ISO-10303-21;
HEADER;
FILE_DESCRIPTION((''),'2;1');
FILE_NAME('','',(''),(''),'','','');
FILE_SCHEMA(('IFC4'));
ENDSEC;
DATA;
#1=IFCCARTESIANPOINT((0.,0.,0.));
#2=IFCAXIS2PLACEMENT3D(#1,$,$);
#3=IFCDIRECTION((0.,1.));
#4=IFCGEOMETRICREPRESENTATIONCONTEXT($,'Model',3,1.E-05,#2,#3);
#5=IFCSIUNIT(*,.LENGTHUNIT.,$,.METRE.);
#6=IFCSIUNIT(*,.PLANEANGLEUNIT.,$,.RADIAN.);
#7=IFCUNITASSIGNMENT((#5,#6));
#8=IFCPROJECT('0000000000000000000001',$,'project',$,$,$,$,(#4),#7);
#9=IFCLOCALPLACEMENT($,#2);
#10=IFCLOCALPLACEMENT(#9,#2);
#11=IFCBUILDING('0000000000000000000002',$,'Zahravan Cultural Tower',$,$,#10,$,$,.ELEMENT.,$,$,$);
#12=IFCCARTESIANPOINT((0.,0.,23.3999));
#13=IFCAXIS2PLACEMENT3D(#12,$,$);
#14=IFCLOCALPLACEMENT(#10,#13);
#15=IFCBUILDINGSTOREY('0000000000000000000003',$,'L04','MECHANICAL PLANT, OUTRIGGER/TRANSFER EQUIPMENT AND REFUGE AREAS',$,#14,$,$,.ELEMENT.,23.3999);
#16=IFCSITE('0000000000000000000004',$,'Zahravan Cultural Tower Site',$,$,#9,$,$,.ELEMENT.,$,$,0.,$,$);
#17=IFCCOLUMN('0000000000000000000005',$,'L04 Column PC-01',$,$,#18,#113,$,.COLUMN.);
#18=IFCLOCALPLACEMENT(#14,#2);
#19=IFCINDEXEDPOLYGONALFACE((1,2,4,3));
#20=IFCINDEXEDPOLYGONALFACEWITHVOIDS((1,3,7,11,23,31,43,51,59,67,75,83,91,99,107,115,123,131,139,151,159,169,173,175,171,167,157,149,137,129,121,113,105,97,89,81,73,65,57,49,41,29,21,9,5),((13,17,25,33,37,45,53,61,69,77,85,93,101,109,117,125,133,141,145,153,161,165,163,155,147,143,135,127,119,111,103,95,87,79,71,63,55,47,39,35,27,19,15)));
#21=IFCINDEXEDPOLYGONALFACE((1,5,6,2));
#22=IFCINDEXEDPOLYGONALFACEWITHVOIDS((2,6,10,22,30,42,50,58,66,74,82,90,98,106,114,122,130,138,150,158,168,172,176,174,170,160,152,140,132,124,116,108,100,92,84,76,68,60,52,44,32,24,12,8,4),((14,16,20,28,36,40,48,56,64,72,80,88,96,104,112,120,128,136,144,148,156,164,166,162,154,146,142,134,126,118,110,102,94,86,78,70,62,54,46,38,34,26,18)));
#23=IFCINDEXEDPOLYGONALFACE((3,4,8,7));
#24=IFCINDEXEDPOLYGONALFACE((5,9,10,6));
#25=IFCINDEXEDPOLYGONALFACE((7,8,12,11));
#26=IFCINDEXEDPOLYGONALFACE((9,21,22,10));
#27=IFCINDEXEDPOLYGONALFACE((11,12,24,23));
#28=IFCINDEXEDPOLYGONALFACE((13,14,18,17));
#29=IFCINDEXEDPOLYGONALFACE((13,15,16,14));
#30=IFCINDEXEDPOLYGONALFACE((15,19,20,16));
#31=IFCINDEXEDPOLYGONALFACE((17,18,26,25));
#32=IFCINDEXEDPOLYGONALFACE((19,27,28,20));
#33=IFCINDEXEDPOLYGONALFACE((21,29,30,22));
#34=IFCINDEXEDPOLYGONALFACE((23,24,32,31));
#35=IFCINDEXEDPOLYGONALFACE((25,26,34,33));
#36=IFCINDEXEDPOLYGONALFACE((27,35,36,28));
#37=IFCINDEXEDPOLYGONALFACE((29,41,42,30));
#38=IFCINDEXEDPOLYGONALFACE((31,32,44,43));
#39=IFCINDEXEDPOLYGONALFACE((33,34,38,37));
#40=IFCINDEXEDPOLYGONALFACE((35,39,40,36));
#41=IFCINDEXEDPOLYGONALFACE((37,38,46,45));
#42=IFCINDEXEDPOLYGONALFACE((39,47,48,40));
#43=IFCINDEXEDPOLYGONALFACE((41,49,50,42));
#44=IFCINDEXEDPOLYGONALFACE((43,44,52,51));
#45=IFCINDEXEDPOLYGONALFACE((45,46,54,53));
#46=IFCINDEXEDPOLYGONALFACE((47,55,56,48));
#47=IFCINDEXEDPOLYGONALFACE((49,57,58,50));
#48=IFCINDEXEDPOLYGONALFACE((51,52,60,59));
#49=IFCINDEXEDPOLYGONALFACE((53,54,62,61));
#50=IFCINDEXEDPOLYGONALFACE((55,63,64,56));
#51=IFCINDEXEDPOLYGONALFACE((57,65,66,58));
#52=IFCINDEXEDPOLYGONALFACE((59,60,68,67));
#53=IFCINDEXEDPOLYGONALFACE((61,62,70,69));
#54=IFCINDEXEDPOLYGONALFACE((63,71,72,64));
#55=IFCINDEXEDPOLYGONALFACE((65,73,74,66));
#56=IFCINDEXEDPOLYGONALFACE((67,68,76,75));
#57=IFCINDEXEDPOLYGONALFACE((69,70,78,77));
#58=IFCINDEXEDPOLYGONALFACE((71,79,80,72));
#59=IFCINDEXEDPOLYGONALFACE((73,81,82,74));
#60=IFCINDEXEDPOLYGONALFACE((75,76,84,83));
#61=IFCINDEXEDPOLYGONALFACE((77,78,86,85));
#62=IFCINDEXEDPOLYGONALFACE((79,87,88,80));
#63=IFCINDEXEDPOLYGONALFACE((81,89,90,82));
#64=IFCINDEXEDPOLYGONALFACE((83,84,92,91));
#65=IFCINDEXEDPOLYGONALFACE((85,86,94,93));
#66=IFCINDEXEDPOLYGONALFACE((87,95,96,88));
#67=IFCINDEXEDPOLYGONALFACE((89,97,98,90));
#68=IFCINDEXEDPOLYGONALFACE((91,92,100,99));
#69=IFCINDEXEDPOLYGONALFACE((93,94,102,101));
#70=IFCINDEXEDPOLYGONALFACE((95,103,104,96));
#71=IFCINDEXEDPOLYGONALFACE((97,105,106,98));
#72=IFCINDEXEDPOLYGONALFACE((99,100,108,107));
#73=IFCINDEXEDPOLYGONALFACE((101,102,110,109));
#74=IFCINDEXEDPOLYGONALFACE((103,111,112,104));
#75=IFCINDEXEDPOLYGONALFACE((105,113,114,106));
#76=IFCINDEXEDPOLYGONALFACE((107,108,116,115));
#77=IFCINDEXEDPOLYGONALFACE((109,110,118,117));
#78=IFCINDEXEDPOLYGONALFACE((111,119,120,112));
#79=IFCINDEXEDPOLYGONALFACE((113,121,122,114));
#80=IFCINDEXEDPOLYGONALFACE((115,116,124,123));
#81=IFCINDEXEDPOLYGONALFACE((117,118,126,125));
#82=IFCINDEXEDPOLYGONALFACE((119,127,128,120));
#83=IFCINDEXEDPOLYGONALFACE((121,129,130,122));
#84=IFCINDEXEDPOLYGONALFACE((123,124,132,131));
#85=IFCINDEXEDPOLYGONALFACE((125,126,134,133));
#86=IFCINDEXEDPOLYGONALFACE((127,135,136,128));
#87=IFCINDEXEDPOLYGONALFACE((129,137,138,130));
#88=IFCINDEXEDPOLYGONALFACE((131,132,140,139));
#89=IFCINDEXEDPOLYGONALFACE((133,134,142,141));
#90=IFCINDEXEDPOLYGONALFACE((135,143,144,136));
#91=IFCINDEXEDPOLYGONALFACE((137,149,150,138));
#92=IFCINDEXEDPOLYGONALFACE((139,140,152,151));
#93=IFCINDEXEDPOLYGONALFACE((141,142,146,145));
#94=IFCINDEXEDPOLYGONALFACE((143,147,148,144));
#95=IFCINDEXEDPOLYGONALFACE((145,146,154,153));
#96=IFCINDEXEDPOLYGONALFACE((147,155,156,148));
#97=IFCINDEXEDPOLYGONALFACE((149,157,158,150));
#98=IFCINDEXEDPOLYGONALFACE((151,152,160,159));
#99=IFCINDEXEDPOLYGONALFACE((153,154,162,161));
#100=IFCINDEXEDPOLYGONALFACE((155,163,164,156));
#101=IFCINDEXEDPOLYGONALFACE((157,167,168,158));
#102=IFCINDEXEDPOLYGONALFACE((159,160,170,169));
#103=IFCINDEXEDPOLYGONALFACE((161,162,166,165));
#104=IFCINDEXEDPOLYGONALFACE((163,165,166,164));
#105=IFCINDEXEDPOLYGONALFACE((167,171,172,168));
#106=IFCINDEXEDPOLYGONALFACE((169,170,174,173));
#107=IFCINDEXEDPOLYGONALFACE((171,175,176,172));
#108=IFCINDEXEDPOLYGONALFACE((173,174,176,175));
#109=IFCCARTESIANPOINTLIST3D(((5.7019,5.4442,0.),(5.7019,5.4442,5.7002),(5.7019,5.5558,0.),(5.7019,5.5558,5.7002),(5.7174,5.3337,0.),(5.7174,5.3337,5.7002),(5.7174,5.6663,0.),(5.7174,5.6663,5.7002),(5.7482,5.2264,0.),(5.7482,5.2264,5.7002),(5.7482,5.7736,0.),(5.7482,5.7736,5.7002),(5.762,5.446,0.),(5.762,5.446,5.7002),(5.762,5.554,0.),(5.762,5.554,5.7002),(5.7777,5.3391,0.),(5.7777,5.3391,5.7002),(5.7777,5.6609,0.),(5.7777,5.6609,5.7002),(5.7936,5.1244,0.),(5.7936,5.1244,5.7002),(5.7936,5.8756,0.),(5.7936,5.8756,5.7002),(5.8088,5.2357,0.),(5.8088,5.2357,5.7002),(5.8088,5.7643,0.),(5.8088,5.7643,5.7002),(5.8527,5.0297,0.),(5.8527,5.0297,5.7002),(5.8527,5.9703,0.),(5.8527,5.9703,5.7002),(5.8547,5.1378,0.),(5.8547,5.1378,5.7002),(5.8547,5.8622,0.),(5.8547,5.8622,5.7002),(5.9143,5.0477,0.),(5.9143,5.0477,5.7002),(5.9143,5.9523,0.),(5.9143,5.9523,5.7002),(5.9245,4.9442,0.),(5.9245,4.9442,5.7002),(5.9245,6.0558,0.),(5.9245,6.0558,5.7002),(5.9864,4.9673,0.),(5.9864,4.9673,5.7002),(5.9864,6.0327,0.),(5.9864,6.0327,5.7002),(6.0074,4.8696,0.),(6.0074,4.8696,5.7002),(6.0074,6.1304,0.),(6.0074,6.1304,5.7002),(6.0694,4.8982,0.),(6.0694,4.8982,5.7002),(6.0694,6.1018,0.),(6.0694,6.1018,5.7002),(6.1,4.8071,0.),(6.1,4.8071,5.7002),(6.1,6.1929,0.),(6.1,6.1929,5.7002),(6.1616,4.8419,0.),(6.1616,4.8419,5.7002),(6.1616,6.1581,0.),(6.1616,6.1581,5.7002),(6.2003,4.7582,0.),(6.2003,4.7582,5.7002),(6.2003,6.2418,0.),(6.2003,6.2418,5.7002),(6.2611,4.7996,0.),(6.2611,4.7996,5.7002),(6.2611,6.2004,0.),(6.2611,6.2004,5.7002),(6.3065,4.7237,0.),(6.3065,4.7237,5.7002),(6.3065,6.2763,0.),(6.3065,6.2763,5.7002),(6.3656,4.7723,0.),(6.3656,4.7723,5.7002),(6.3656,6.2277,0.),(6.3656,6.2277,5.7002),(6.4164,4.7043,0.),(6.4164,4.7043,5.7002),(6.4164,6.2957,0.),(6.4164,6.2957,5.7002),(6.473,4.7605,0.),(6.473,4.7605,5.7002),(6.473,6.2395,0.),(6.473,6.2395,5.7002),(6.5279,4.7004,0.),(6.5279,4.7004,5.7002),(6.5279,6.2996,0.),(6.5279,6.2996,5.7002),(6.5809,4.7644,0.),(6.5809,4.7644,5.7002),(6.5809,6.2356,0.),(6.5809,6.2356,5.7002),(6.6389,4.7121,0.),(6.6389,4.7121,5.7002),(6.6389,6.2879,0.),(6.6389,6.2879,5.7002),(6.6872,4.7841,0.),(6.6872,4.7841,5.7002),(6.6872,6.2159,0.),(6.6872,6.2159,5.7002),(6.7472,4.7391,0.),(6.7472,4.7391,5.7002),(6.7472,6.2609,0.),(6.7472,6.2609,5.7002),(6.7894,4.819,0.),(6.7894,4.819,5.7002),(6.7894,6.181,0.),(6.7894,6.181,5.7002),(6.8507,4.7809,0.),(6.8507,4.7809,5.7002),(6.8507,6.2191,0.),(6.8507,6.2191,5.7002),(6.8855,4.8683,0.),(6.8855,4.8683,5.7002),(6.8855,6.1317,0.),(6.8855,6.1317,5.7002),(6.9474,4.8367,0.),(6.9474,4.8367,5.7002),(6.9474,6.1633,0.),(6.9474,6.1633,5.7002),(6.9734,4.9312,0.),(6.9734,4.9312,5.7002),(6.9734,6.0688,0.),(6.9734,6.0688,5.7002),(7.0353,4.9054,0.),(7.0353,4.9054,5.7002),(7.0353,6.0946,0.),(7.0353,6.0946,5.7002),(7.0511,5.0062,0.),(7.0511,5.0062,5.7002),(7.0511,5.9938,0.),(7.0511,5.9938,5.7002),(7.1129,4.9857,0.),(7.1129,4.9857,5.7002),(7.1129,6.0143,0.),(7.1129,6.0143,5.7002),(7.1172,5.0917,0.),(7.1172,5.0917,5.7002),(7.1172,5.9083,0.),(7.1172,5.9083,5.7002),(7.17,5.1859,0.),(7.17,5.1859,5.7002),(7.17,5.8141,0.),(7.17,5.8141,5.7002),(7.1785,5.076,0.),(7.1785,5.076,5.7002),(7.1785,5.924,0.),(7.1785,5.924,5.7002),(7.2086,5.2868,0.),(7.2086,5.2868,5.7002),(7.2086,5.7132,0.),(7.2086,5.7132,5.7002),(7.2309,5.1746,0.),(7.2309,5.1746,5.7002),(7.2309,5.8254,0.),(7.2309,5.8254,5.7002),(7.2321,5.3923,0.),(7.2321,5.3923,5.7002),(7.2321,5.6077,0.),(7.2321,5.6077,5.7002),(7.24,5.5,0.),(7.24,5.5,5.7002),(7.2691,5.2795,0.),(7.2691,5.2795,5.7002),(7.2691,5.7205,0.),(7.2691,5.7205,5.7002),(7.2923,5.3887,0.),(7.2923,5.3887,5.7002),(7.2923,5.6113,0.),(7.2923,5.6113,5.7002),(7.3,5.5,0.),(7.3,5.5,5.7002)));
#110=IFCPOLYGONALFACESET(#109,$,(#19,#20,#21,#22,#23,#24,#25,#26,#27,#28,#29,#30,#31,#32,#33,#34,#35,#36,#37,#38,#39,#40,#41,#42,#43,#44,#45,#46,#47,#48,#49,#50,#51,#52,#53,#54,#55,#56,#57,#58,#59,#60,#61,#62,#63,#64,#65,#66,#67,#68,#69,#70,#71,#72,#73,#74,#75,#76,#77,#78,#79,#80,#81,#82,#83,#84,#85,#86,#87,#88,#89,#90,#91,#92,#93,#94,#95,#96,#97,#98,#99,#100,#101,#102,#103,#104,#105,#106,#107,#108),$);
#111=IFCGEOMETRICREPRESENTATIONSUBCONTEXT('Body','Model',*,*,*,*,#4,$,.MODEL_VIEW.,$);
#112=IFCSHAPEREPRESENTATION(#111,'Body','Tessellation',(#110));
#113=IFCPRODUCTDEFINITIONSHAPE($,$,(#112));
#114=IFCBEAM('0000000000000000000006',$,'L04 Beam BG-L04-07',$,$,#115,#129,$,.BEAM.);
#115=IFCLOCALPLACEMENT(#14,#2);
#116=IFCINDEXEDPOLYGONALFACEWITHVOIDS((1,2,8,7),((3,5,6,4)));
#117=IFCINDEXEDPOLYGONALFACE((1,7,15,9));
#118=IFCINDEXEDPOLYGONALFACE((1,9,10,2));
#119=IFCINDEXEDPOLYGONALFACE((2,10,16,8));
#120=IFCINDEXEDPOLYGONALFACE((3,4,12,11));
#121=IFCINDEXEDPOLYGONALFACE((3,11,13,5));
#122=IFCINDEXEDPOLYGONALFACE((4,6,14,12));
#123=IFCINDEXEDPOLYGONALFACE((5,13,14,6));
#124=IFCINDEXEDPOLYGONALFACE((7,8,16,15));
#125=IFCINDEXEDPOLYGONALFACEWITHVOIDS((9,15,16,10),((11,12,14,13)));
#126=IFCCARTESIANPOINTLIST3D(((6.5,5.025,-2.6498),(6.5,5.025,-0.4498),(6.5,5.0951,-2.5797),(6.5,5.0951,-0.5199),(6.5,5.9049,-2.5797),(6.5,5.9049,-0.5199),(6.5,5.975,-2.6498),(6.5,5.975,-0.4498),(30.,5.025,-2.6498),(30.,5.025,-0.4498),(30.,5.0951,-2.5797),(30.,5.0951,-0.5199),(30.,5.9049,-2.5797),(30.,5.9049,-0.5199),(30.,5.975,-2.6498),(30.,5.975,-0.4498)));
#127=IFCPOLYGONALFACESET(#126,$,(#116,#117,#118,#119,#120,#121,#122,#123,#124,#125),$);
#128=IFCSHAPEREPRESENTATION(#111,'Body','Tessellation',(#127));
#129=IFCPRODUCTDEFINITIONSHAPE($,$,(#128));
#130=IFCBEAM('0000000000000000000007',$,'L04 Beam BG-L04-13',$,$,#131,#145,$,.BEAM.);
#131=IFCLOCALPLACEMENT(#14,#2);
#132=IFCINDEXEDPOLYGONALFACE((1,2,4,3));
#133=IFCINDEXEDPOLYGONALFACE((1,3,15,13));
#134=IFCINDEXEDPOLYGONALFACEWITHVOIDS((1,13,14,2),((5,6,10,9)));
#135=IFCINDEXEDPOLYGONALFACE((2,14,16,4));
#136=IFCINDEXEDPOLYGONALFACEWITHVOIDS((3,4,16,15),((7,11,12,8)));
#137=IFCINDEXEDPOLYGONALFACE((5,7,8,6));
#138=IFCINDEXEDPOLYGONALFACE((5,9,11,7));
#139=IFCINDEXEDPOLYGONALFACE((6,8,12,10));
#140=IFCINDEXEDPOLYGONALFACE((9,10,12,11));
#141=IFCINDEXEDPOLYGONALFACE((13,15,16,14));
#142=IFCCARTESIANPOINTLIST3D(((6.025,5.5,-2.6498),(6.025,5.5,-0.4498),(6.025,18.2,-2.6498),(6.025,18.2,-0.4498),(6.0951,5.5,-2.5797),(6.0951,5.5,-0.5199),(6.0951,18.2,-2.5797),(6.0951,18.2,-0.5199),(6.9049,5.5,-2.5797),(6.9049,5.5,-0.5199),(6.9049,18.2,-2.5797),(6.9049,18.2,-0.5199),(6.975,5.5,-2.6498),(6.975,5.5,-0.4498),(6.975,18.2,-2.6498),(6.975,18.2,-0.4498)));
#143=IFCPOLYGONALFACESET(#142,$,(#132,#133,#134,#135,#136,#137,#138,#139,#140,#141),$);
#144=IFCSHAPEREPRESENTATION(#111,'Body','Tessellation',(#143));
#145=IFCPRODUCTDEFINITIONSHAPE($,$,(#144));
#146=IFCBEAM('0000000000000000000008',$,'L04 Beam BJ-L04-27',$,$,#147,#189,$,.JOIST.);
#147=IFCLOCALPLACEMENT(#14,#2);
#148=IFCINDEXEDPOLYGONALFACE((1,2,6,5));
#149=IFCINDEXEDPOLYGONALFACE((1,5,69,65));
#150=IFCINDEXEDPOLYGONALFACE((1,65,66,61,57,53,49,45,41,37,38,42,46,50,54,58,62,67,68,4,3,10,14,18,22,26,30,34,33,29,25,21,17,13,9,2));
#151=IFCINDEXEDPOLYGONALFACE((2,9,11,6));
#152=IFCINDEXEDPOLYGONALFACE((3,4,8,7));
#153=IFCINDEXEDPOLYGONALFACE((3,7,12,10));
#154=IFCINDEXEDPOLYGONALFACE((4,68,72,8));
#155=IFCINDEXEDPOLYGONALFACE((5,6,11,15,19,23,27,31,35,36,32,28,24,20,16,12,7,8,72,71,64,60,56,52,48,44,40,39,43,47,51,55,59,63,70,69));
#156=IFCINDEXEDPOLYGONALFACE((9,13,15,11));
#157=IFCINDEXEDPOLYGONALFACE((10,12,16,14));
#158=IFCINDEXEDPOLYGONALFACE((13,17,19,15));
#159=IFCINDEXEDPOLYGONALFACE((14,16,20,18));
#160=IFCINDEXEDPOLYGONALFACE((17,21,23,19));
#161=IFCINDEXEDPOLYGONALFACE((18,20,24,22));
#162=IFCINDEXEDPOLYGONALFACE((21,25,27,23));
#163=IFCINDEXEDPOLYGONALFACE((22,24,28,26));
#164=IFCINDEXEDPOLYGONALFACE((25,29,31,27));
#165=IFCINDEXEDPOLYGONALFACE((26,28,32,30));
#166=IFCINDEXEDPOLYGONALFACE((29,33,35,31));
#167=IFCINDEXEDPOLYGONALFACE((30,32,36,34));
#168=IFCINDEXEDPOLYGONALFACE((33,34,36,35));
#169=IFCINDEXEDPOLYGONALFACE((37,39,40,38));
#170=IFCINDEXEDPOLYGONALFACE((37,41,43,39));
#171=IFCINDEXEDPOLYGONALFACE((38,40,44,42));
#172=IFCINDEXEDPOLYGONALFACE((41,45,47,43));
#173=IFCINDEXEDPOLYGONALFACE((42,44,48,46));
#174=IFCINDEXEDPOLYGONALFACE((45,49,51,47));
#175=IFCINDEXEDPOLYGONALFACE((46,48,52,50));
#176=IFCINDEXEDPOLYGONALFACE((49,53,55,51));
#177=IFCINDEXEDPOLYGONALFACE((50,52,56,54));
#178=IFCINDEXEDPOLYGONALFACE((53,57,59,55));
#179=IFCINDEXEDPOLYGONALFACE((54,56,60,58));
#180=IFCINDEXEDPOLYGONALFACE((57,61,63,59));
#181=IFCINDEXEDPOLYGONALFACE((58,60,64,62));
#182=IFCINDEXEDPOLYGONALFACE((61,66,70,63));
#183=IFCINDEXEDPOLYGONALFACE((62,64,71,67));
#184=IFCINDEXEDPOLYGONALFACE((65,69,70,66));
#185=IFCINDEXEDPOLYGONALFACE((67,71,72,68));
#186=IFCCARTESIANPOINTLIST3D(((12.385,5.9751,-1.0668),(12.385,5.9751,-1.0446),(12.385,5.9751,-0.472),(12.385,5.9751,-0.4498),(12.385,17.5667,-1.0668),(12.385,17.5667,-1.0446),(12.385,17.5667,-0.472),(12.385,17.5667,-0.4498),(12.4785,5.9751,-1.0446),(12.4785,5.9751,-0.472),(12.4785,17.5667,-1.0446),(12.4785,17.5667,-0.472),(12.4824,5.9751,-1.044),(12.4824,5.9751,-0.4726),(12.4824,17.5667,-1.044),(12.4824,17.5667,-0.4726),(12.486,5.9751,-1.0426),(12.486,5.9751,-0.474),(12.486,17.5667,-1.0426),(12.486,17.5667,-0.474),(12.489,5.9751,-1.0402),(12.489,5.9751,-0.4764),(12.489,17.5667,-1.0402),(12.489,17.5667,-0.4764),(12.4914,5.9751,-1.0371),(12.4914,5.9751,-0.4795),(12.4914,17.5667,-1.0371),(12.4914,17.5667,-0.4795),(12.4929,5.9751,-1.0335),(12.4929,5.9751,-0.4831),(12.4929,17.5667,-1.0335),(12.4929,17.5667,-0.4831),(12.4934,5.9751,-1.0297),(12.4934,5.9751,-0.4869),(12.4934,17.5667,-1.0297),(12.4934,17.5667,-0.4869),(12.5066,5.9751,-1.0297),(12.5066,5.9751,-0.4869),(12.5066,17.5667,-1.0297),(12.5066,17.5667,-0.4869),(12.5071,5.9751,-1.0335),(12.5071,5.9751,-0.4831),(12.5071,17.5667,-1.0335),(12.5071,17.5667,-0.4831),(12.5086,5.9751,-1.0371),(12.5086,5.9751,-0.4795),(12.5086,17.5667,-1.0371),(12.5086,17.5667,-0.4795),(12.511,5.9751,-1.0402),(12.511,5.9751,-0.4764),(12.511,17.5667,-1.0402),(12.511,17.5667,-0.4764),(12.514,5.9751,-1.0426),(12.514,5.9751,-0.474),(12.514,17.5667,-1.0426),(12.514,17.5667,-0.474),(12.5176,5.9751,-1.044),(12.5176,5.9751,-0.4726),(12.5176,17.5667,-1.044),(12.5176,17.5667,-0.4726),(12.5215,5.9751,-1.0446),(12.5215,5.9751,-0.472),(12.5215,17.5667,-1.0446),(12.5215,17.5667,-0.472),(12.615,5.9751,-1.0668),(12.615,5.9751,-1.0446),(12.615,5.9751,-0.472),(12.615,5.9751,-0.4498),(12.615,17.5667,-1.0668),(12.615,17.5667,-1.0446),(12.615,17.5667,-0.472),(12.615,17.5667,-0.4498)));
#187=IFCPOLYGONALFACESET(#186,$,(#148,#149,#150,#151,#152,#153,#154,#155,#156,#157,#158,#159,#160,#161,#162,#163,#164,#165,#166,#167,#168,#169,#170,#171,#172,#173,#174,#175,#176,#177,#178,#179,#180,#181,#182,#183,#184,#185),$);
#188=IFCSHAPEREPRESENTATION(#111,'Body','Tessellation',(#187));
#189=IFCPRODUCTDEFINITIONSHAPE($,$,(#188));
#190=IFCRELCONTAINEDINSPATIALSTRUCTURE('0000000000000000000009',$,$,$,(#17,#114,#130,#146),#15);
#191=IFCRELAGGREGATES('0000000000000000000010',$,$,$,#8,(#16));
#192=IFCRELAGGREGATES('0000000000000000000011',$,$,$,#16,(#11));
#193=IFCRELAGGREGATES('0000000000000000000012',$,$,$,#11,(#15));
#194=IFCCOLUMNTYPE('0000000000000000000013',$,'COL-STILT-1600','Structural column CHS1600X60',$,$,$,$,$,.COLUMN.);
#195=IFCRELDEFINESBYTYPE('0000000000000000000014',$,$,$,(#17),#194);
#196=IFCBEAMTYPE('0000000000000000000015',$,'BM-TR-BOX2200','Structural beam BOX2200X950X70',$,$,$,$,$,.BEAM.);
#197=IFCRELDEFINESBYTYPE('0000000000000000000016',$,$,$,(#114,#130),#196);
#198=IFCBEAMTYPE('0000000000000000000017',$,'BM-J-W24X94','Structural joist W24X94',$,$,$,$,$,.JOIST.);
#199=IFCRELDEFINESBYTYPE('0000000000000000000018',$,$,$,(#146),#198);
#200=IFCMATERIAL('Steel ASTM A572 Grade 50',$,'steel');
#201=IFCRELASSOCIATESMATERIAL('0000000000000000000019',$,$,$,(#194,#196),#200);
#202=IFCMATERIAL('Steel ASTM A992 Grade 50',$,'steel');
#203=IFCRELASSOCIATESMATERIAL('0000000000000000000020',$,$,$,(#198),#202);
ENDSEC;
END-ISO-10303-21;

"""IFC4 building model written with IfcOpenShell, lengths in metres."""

from ifc_helpers import new_model, si_unit, direction, frame, origin, origin_2d, place, context, subcontext, project, spatial, hollow_rectangle, hollow_circle, i_section, extrude, source, transform, mapped, material, material_profile, profile_set, type_object, element, save


model = new_model("IFC4")

# Units and contexts
model_context = context("Model", 3, precision=1e-05, world=origin(), true_north=direction((0.0, 1.0)))
body_context = subcontext(model_context, "Body", "Model", "MODEL_VIEW")
ifc_project = project(units=[si_unit("LENGTHUNIT", "METRE"), si_unit("PLANEANGLEUNIT", "RADIAN")], contexts=[model_context])

# Site, building, storey
site_placement = place(None, origin())
site = spatial("IfcSite", under=ifc_project, at=site_placement, Name="Zahravan Cultural Tower Site", CompositionType="ELEMENT", RefElevation=0.0)
building_placement = place(site_placement, origin())
building = spatial("IfcBuilding", under=site, at=building_placement, Name="Zahravan Cultural Tower", CompositionType="ELEMENT")
storey_placement = place(building_placement, frame((0.0, 0.0, 23.3999)))
storey = spatial("IfcBuildingStorey", under=building, at=storey_placement, Name="L04", Description="MECHANICAL PLANT, OUTRIGGER/TRANSFER EQUIPMENT AND REFUGE AREAS", CompositionType="ELEMENT", Elevation=23.3999)

# Column
ifc_material_1 = material(Name="Steel ASTM A572 Grade 50", Category="steel")
ifc_material_profile_1 = material_profile(ifc_material_1, hollow_circle(Radius=0.8, WallThickness=0.0601, at=origin_2d()), Name="CHS1600X60")
ifc_profile_set_1 = profile_set([ifc_material_profile_1], Name="Steel ASTM A572 Grade 50")
column_type = type_object("IfcColumnType", Name="COL-STILT-1600", Description="Structural column CHS1600X60", PredefinedType="COLUMN", material=ifc_profile_set_1)
shared_shape_1 = source(origin(), body_context, "Body", "SweptSolid", [
    extrude(hollow_circle(Radius=0.8, WallThickness=0.0601, at=origin_2d()), origin(), (0.0, 0.0, 1.0), 5.7002),
])
column_placement = place(storey_placement, frame((6.5, 5.5, 0.0), z_axis=(0.0, 0.0, 1.0), x_axis=(1.0, 0.0, 0.0)))
element("IfcColumn", 1, at=column_placement, inside=storey, type_object=column_type, Name="L04 Column PC-01", PredefinedType="COLUMN", context=body_context, shape_type="MappedRepresentation", body=[
    mapped(shared_shape_1, transform((0.0, 0.0, 0.0), x_axis=(1.0, 0.0, 0.0), y_axis=(0.0, 1.0, 0.0), z_axis=(0.0, 0.0, 1.0), scale=1.0)),
])

# Beams
ifc_material_profile_2 = material_profile(ifc_material_1, hollow_rectangle(XDim=0.95, YDim=2.2, WallThickness=0.0701, at=origin_2d()), Name="BOX2200X950X70")
ifc_profile_set_2 = profile_set([ifc_material_profile_2], Name="Steel ASTM A572 Grade 50")
beam_type_1 = type_object("IfcBeamType", Name="BM-TR-BOX2200", Description="Structural beam BOX2200X950X70", PredefinedType="BEAM", material=ifc_profile_set_2)
shared_shape_2 = source(origin(), body_context, "Body", "SweptSolid", [
    extrude(hollow_rectangle(XDim=0.95, YDim=2.2, WallThickness=0.0701, at=origin_2d()), origin(), (0.0, 0.0, 1.0), 23.5),
])
beam_1_placement = place(storey_placement, frame((6.5, 5.5, -1.5498), z_axis=(1.0, 0.0, 0.0), x_axis=(0.0, 1.0, 0.0)))
element("IfcBeam", 2, at=beam_1_placement, inside=storey, type_object=beam_type_1, Name="L04 Beam BG-L04-07", PredefinedType="BEAM", context=body_context, shape_type="MappedRepresentation", body=[
    mapped(shared_shape_2, transform((0.0, 0.0, 0.0), x_axis=(1.0, 0.0, 0.0), y_axis=(0.0, 1.0, 0.0), z_axis=(0.0, 0.0, 1.0), scale=1.0)),
])
shared_shape_3 = source(origin(), body_context, "Body", "SweptSolid", [
    extrude(hollow_rectangle(XDim=0.95, YDim=2.2, WallThickness=0.0701, at=origin_2d()), origin(), (0.0, 0.0, 1.0), 12.7),
])
beam_2_placement = place(storey_placement, frame((6.5, 5.5, -1.5498), z_axis=(0.0, 1.0, 0.0), x_axis=(-1.0, 0.0, 0.0)))
element("IfcBeam", 3, at=beam_2_placement, inside=storey, type_object=beam_type_1, Name="L04 Beam BG-L04-13", PredefinedType="BEAM", context=body_context, shape_type="MappedRepresentation", body=[
    mapped(shared_shape_3, transform((0.0, 0.0, 0.0), x_axis=(1.0, 0.0, 0.0), y_axis=(0.0, 1.0, 0.0), z_axis=(0.0, 0.0, 1.0), scale=1.0)),
])
ifc_material_2 = material(Name="Steel ASTM A992 Grade 50", Category="steel")
ifc_material_profile_3 = material_profile(ifc_material_2, i_section(OverallWidth=0.23, OverallDepth=0.6169, WebThickness=0.0132, FlangeThickness=0.0222, FilletRadius=0.0149, at=origin_2d()), Name="W24X94")
ifc_profile_set_3 = profile_set([ifc_material_profile_3], Name="Steel ASTM A992 Grade 50")
beam_type_2 = type_object("IfcBeamType", Name="BM-J-W24X94", Description="Structural joist W24X94", PredefinedType="JOIST", material=ifc_profile_set_3)
shared_shape_4 = source(origin(), body_context, "Body", "SweptSolid", [
    extrude(i_section(OverallWidth=0.23, OverallDepth=0.6169, WebThickness=0.0132, FlangeThickness=0.0222, FilletRadius=0.0149, at=origin_2d()), origin(), (0.0, 0.0, 1.0), 11.5916),
])
beam_3_placement = place(storey_placement, frame((12.5, 5.9751, -0.7583), z_axis=(0.0, 1.0, 0.0), x_axis=(-1.0, 0.0, 0.0)))
element("IfcBeam", 4, at=beam_3_placement, inside=storey, type_object=beam_type_2, Name="L04 Beam BJ-L04-27", PredefinedType="JOIST", context=body_context, shape_type="MappedRepresentation", body=[
    mapped(shared_shape_4, transform((0.0, 0.0, 0.0), x_axis=(1.0, 0.0, 0.0), y_axis=(0.0, 1.0, 0.0), z_axis=(0.0, 0.0, 1.0), scale=1.0)),
])

save(model, "model.ifc")
